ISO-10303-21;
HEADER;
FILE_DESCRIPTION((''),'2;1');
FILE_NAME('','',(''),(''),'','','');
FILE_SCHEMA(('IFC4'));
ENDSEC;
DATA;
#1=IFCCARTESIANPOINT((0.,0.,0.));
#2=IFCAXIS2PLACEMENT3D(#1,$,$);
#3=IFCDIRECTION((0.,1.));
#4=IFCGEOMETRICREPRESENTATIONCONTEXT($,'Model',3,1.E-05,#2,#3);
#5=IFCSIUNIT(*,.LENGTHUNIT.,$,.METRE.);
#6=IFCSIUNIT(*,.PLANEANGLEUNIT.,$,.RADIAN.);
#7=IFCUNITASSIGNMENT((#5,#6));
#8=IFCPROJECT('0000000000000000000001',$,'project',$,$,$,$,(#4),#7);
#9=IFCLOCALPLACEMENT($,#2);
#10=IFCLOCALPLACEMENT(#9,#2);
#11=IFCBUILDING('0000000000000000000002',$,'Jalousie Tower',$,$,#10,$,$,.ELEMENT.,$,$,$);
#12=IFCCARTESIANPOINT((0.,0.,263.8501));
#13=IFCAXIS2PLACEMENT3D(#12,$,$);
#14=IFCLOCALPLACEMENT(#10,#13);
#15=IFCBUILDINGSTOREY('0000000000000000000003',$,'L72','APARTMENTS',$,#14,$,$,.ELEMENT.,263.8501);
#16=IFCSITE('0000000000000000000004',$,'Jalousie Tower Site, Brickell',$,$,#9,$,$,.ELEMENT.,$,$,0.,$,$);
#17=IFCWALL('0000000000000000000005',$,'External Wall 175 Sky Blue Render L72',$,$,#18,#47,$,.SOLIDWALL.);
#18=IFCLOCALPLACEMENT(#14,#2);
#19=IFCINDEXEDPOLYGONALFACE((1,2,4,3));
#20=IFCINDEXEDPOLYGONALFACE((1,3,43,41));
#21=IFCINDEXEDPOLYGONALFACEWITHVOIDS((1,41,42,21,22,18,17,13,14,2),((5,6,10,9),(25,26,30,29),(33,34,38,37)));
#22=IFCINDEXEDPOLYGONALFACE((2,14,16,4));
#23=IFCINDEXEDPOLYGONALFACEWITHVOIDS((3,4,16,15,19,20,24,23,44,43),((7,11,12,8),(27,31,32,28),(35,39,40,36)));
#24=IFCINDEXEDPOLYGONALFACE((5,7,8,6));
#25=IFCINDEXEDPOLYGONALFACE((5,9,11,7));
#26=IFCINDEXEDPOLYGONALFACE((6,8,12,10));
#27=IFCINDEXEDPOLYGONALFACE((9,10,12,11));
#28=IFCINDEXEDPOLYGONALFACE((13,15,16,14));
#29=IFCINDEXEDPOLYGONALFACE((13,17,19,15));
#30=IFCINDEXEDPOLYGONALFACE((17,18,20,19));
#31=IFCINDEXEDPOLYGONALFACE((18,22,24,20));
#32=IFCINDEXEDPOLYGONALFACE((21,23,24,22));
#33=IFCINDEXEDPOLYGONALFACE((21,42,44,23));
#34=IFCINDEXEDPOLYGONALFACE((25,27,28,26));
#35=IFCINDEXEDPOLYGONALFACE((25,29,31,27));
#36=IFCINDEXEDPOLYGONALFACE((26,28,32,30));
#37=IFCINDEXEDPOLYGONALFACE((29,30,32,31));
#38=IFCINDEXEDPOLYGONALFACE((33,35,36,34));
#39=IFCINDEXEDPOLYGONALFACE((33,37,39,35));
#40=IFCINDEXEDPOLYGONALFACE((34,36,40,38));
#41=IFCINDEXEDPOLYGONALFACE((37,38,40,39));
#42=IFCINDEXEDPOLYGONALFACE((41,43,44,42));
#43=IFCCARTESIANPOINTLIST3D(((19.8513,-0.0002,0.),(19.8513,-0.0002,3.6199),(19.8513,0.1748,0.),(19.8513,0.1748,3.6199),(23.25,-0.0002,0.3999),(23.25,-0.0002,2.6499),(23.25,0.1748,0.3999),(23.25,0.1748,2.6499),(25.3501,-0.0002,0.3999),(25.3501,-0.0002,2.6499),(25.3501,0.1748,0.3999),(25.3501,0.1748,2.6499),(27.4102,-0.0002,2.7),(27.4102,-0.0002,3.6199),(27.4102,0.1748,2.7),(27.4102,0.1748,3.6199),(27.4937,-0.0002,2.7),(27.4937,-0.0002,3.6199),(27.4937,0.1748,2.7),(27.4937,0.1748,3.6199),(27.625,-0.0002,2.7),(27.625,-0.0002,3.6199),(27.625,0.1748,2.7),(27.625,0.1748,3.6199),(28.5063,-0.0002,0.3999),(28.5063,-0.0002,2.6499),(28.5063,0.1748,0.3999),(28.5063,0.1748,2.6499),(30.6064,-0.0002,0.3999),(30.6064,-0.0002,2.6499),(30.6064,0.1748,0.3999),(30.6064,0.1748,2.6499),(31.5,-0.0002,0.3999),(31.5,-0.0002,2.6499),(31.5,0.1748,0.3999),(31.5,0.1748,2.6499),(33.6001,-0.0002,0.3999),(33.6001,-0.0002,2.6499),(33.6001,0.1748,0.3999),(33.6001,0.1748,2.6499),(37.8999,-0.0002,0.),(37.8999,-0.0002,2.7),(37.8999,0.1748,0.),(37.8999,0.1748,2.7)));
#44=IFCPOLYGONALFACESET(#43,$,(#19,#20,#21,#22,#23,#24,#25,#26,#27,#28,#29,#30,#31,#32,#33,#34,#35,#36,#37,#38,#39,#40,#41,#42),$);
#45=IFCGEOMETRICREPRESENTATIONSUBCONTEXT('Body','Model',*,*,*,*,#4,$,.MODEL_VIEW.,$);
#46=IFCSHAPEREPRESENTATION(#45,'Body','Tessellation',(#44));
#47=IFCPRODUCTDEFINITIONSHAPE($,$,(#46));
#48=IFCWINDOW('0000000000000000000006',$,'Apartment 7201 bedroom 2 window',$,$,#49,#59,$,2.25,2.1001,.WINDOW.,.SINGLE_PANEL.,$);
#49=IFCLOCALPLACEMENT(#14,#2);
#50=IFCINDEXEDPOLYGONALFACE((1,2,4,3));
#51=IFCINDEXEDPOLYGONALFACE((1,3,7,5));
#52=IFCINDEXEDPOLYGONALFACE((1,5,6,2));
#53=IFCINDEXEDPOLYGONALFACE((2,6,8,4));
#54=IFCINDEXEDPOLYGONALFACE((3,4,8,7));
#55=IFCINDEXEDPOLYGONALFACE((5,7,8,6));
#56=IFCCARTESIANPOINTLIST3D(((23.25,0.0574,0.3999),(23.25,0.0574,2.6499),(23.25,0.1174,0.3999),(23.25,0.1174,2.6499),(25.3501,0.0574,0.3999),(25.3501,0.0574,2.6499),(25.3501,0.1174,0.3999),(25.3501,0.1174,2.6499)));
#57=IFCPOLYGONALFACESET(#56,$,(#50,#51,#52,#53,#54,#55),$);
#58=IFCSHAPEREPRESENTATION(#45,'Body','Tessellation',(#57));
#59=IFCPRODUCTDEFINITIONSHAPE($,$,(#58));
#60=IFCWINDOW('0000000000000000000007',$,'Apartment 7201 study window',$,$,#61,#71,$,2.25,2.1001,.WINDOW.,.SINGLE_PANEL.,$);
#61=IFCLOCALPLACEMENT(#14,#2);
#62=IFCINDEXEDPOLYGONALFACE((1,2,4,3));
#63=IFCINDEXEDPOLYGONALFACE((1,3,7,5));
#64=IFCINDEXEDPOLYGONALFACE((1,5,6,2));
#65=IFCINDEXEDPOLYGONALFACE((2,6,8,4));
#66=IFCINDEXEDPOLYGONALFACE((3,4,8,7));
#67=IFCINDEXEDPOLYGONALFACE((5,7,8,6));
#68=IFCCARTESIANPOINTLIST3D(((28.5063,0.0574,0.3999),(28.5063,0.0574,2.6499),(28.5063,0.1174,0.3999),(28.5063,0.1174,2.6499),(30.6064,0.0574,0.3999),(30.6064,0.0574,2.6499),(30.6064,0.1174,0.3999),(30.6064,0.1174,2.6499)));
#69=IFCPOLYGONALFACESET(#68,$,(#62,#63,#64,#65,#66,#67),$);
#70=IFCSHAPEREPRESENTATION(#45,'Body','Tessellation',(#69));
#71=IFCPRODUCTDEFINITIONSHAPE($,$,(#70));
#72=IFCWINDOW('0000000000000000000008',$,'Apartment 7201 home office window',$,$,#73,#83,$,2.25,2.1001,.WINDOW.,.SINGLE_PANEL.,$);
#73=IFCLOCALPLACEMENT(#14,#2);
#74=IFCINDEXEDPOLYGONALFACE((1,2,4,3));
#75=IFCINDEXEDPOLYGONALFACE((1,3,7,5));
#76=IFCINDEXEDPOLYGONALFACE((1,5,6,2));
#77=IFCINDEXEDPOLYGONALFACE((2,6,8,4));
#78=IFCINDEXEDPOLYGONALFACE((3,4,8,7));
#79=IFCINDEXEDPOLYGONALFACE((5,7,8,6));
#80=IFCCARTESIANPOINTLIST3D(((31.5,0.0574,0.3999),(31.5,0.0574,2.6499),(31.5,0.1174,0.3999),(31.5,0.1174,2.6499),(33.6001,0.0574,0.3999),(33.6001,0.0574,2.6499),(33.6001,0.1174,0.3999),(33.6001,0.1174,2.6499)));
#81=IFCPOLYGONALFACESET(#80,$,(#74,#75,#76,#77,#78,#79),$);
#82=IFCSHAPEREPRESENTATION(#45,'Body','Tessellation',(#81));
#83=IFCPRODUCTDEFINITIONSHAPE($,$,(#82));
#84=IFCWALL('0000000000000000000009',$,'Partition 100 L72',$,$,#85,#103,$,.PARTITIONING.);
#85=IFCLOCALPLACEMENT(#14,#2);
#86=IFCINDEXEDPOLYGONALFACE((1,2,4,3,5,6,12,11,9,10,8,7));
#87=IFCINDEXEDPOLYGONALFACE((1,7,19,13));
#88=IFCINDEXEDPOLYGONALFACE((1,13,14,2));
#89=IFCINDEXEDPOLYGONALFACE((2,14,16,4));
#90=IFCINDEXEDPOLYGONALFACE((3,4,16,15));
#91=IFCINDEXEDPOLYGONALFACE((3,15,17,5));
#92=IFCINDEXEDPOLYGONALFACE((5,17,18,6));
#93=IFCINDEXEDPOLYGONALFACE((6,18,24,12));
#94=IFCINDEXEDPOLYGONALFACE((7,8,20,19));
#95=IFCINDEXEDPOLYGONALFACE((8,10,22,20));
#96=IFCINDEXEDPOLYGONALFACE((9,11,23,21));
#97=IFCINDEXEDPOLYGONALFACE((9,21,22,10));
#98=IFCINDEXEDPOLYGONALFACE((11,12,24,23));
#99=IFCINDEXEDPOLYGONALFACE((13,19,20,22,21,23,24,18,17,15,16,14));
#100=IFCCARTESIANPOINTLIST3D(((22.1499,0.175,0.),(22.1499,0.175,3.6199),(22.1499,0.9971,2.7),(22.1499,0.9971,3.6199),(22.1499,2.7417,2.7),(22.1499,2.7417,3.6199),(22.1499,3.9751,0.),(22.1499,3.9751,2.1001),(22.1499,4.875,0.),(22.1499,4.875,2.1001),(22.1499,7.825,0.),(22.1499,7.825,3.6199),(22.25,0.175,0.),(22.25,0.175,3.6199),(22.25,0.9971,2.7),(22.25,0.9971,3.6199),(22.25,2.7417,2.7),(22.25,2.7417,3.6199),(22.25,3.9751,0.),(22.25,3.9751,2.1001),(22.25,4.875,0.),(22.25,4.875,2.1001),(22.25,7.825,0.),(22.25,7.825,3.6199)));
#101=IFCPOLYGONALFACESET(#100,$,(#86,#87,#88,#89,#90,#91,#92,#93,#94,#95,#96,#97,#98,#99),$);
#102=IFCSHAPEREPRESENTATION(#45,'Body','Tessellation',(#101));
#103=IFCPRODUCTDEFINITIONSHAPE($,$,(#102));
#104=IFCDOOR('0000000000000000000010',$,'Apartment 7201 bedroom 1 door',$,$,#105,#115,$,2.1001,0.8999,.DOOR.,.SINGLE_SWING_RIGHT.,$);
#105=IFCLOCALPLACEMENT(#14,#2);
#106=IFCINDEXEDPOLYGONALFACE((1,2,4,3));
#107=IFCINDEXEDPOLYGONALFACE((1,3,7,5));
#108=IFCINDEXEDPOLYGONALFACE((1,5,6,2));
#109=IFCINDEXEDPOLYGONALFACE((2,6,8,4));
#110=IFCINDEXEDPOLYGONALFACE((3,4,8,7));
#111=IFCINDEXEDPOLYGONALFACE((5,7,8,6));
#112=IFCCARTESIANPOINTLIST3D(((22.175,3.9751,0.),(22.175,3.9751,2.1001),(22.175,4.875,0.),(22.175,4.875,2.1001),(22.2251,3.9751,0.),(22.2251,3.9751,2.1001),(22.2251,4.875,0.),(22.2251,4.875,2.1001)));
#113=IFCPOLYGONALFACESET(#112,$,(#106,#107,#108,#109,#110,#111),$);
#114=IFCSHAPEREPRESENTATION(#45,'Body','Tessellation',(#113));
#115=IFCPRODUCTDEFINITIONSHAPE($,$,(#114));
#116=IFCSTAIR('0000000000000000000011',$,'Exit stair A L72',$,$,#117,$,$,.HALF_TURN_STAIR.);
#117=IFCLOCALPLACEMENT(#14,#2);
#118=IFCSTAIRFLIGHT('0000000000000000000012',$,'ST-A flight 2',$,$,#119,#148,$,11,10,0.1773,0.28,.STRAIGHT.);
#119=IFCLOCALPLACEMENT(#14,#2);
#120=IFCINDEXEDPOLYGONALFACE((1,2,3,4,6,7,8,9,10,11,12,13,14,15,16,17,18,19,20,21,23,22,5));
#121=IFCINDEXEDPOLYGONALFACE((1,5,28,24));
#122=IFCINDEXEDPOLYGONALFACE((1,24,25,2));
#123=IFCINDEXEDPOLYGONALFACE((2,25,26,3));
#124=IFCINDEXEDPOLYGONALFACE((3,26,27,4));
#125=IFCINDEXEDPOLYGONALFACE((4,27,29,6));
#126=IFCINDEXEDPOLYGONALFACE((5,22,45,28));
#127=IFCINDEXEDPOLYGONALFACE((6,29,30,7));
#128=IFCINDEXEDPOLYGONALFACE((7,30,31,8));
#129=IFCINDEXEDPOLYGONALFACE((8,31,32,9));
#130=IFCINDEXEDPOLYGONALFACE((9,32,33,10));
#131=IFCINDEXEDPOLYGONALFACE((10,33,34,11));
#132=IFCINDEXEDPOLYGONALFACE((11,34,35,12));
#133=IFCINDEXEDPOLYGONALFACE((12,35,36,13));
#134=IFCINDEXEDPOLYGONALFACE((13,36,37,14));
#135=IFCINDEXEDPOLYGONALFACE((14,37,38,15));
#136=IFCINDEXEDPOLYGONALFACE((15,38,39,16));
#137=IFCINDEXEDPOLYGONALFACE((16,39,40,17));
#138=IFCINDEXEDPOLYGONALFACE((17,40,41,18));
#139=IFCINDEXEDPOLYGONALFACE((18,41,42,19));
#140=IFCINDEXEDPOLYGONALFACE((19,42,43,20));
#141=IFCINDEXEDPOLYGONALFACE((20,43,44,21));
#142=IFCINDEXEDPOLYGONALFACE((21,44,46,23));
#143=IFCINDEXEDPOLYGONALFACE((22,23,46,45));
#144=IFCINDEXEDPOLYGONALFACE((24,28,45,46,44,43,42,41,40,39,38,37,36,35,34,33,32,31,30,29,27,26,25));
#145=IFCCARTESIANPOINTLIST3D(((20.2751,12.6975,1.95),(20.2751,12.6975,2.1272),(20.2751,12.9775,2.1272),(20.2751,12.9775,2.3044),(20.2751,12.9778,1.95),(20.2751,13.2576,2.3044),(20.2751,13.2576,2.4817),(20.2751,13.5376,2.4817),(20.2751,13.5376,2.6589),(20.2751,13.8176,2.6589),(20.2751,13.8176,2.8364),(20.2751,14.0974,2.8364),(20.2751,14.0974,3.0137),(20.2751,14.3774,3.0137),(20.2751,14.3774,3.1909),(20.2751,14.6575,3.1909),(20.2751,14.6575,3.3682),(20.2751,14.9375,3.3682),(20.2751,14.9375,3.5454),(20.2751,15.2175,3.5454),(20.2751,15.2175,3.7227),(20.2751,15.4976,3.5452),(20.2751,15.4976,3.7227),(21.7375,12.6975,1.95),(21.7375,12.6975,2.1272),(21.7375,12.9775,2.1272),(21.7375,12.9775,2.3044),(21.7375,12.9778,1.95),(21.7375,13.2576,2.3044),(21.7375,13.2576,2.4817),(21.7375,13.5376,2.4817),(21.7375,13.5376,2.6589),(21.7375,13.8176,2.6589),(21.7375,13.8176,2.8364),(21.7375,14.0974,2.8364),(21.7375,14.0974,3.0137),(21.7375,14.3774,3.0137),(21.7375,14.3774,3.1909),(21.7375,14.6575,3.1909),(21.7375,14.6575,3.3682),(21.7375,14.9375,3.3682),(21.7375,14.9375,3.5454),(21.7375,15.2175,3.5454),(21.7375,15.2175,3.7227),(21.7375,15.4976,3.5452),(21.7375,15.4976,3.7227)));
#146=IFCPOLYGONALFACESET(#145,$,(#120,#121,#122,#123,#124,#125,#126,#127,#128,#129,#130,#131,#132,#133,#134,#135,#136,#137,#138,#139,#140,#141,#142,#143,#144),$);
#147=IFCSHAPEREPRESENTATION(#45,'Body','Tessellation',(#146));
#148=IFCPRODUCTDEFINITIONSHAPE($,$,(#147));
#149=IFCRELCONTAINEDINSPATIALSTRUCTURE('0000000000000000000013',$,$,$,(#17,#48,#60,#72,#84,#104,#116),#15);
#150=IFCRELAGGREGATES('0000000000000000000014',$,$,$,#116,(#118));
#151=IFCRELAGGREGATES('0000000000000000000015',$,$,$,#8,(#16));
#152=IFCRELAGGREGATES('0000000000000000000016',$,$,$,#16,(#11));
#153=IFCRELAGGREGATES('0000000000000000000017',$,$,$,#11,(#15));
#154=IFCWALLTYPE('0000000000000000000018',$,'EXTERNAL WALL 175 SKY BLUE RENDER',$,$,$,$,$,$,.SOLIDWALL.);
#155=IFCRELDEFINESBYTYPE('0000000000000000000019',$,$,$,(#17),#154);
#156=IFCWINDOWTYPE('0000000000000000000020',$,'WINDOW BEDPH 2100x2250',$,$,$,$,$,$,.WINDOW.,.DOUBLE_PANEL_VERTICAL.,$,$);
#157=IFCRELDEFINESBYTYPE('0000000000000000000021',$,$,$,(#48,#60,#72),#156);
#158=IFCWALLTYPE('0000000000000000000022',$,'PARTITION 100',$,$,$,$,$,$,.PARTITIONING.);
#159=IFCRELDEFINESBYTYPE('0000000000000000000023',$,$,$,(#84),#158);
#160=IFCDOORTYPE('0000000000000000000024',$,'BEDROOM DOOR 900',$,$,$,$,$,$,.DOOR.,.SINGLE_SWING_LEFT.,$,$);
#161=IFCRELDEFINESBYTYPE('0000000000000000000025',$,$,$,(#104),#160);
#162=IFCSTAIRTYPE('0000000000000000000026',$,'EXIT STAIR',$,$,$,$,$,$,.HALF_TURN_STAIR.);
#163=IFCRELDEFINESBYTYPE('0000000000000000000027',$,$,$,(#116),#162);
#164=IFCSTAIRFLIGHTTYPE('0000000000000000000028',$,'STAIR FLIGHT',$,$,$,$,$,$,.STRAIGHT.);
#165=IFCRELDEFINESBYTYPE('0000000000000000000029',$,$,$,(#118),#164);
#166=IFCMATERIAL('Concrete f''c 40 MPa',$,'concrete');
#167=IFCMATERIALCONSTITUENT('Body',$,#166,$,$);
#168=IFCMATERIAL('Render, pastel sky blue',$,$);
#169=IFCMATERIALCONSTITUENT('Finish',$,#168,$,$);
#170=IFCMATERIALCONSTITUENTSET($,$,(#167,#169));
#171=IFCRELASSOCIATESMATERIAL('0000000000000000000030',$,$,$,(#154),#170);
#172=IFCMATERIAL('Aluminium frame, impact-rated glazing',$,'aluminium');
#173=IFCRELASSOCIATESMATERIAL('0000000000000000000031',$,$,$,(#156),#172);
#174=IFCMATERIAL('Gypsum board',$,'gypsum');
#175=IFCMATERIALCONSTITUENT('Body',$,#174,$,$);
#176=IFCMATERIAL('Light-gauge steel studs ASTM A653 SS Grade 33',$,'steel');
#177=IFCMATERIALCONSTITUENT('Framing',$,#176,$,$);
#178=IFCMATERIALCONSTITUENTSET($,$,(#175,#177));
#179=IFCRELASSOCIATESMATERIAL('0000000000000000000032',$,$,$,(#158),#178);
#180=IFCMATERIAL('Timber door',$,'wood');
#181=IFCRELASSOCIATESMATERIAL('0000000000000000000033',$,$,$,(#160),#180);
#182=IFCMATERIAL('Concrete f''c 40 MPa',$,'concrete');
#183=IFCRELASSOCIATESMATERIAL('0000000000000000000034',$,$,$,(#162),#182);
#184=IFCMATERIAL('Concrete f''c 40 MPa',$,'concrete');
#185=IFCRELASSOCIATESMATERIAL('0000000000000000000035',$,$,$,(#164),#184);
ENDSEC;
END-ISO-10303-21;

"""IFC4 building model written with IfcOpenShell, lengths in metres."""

from ifc_helpers import new_model, si_unit, direction, frame, frame_2d, origin, place, context, subcontext, project, spatial, polyline, rectangle, outline, extrude, material, constituent, constituent_set, type_object, element, fill, aggregate, save


model = new_model("IFC4")

# Units and contexts
model_context = context("Model", 3, precision=1e-05, world=origin(), true_north=direction((0.0, 1.0)))
body_context = subcontext(model_context, "Body", "Model", "MODEL_VIEW")
ifc_project = project(units=[si_unit("LENGTHUNIT", "METRE"), si_unit("PLANEANGLEUNIT", "RADIAN")], contexts=[model_context])

# Site, building, storey
site_placement = place(None, origin())
site = spatial("IfcSite", under=ifc_project, at=site_placement, Name="Jalousie Tower Site, Brickell", CompositionType="ELEMENT", RefElevation=0.0)
building_placement = place(site_placement, origin())
building = spatial("IfcBuilding", under=site, at=building_placement, Name="Jalousie Tower", CompositionType="ELEMENT")
storey_placement = place(building_placement, frame((0.0, 0.0, 263.8501)))
storey = spatial("IfcBuildingStorey", under=building, at=storey_placement, Name="L72", Description="APARTMENTS", CompositionType="ELEMENT", Elevation=263.8501)

# Wall, openings, windows
ifc_material_1 = material(Name="Concrete f'c 40 MPa", Category="concrete")
ifc_constituent_1 = constituent(ifc_material_1, Name="Body")
ifc_material_2 = material(Name="Render, pastel sky blue")
ifc_constituent_2 = constituent(ifc_material_2, Name="Finish")
ifc_constituent_set_1 = constituent_set(constituents=[ifc_constituent_1, ifc_constituent_2])
wall_type_1 = type_object("IfcWallType", Name="EXTERNAL WALL 175 SKY BLUE RENDER", PredefinedType="SOLIDWALL", material=ifc_constituent_set_1)
wall_1_placement = place(storey_placement, frame((19.8513, 0.0874, 0.0), z_axis=(0.0, 0.0, 1.0), x_axis=(1.0, 0.0, 0.0)))
wall_1 = element("IfcWall", 1, at=wall_1_placement, inside=storey, type_object=wall_type_1, Name="External Wall 175 Sky Blue Render L72", PredefinedType="SOLIDWALL", context=body_context, shape_type="SweptSolid", body=[
    extrude(outline(polyline([(0.0, 0.0), (18.0486, 0.0), (18.0486, 2.7), (7.7737, 2.7), (7.7737, 3.6199), (7.6423, 3.6199), (7.6423, 2.7), (7.5588, 2.7), (7.5588, 3.6199), (0.0, 3.6199), (0.0, 0.0)])), frame((0.0, 0.0874, 0.0), z_axis=(0.0, -1.0, 0.0), x_axis=(1.0, 0.0, 0.0)), (0.0, 0.0, 1.0), 0.175),
])
opening_1_placement = place(wall_1_placement, frame((3.3987, 0.0, 0.3999)))
opening_1 = element("IfcOpeningElement", 2, at=opening_1_placement, cuts=wall_1, PredefinedType="OPENING", context=body_context, shape_type="SweptSolid", body=[
    extrude(rectangle(XDim=2.1001, YDim=2.25, at=frame_2d((1.05, 1.125))), frame((0.0, 0.0974, 0.0), z_axis=(0.0, -1.0, 0.0), x_axis=(1.0, 0.0, 0.0)), (0.0, 0.0, 1.0), 0.1951),
])
opening_2_placement = place(wall_1_placement, frame((8.655, 0.0, 0.3999)))
opening_2 = element("IfcOpeningElement", 3, at=opening_2_placement, cuts=wall_1, PredefinedType="OPENING", context=body_context, shape_type="SweptSolid", body=[
    extrude(rectangle(XDim=2.1001, YDim=2.25, at=frame_2d((1.05, 1.125))), frame((0.0, 0.0974, 0.0), z_axis=(0.0, -1.0, 0.0), x_axis=(1.0, 0.0, 0.0)), (0.0, 0.0, 1.0), 0.1951),
])
opening_3_placement = place(wall_1_placement, frame((11.6487, 0.0, 0.3999)))
opening_3 = element("IfcOpeningElement", 4, at=opening_3_placement, cuts=wall_1, PredefinedType="OPENING", context=body_context, shape_type="SweptSolid", body=[
    extrude(rectangle(XDim=2.1001, YDim=2.25, at=frame_2d((1.05, 1.125))), frame((0.0, 0.0974, 0.0), z_axis=(0.0, -1.0, 0.0), x_axis=(1.0, 0.0, 0.0)), (0.0, 0.0, 1.0), 0.1951),
])
ifc_material_3 = material(Name="Aluminium frame, impact-rated glazing", Category="aluminium")
window_type = type_object("IfcWindowType", Name="WINDOW BEDPH 2100x2250", PartitioningType="DOUBLE_PANEL_VERTICAL", PredefinedType="WINDOW", material=ifc_material_3)
window_1_placement = place(opening_1_placement, origin())
window_1 = element("IfcWindow", 5, at=window_1_placement, inside=storey, type_object=window_type, Name="Apartment 7201 bedroom 2 window", OverallHeight=2.25, OverallWidth=2.1001, PartitioningType="SINGLE_PANEL", PredefinedType="WINDOW", context=body_context, shape_type="SweptSolid", body=[
    extrude(rectangle(XDim=2.1001, YDim=2.25, at=frame_2d((1.05, 1.125))), frame((0.0, 0.03, 0.0), z_axis=(0.0, -1.0, 0.0), x_axis=(1.0, 0.0, 0.0)), (0.0, 0.0, 1.0), 0.0601),
])
fill(opening_1, window_1)
window_2_placement = place(opening_2_placement, origin())
window_2 = element("IfcWindow", 6, at=window_2_placement, inside=storey, type_object=window_type, Name="Apartment 7201 study window", OverallHeight=2.25, OverallWidth=2.1001, PartitioningType="SINGLE_PANEL", PredefinedType="WINDOW", context=body_context, shape_type="SweptSolid", body=[
    extrude(rectangle(XDim=2.1001, YDim=2.25, at=frame_2d((1.05, 1.125))), frame((0.0, 0.03, 0.0), z_axis=(0.0, -1.0, 0.0), x_axis=(1.0, 0.0, 0.0)), (0.0, 0.0, 1.0), 0.0601),
])
fill(opening_2, window_2)
window_3_placement = place(opening_3_placement, origin())
window_3 = element("IfcWindow", 7, at=window_3_placement, inside=storey, type_object=window_type, Name="Apartment 7201 home office window", OverallHeight=2.25, OverallWidth=2.1001, PartitioningType="SINGLE_PANEL", PredefinedType="WINDOW", context=body_context, shape_type="SweptSolid", body=[
    extrude(rectangle(XDim=2.1001, YDim=2.25, at=frame_2d((1.05, 1.125))), frame((0.0, 0.03, 0.0), z_axis=(0.0, -1.0, 0.0), x_axis=(1.0, 0.0, 0.0)), (0.0, 0.0, 1.0), 0.0601),
])
fill(opening_3, window_3)

# Wall, opening, door
ifc_material_4 = material(Name="Gypsum board", Category="gypsum")
ifc_constituent_3 = constituent(ifc_material_4, Name="Body")
ifc_material_5 = material(Name="Light-gauge steel studs ASTM A653 SS Grade 33", Category="steel")
ifc_constituent_4 = constituent(ifc_material_5, Name="Framing")
ifc_constituent_set_2 = constituent_set(constituents=[ifc_constituent_3, ifc_constituent_4])
wall_type_2 = type_object("IfcWallType", Name="PARTITION 100", PredefinedType="PARTITIONING", material=ifc_constituent_set_2)
wall_2_placement = place(storey_placement, frame((22.2, 0.175, 0.0), z_axis=(0.0, 0.0, 1.0), x_axis=(0.0, 1.0, 0.0)))
wall_2 = element("IfcWall", 8, at=wall_2_placement, inside=storey, type_object=wall_type_2, Name="Partition 100 L72", PredefinedType="PARTITIONING", context=body_context, shape_type="SweptSolid", body=[
    extrude(outline(polyline([(0.0, 0.0), (7.6499, 0.0), (7.6499, 3.6199), (2.5667, 3.6199), (2.5667, 2.7), (0.822, 2.7), (0.822, 3.6199), (0.0, 3.6199), (0.0, 0.0)])), frame((0.0, 0.05, 0.0), z_axis=(0.0, -1.0, 0.0), x_axis=(1.0, 0.0, 0.0)), (0.0, 0.0, 1.0), 0.1001),
])
opening_4_placement = place(wall_2_placement, frame((3.8, 0.0, 0.0)))
opening_4 = element("IfcOpeningElement", 9, at=opening_4_placement, cuts=wall_2, PredefinedType="OPENING", context=body_context, shape_type="SweptSolid", body=[
    extrude(rectangle(XDim=0.8999, YDim=2.1001, at=frame_2d((0.45, 1.05))), frame((0.0, 0.0601, 0.0), z_axis=(0.0, -1.0, 0.0), x_axis=(1.0, 0.0, 0.0)), (0.0, 0.0, 1.0), 0.1201),
])
ifc_material_6 = material(Name="Timber door", Category="wood")
door_type_1 = type_object("IfcDoorType", Name="BEDROOM DOOR 900", OperationType="SINGLE_SWING_LEFT", PredefinedType="DOOR", material=ifc_material_6)
door_1_placement = place(opening_4_placement, origin())
door_1 = element("IfcDoor", 10, at=door_1_placement, inside=storey, type_object=door_type_1, Name="Apartment 7201 bedroom 1 door", OperationType="SINGLE_SWING_RIGHT", OverallHeight=2.1001, OverallWidth=0.8999, PredefinedType="DOOR", context=body_context, shape_type="SweptSolid", body=[
    extrude(rectangle(XDim=0.8999, YDim=2.1001, at=frame_2d((0.45, 1.05))), frame((0.0, 0.0249, 0.0), z_axis=(0.0, -1.0, 0.0), x_axis=(1.0, 0.0, 0.0)), (0.0, 0.0, 1.0), 0.05),
])
fill(opening_4, door_1)

# Stair, stair flight
ifc_material_7 = material(Name="Concrete f'c 40 MPa", Category="concrete")
stair_type = type_object("IfcStairType", Name="EXIT STAIR", PredefinedType="HALF_TURN_STAIR", material=ifc_material_7)
stair_placement = place(storey_placement, origin())
stair = element("IfcStair", 11, at=stair_placement, inside=storey, type_object=stair_type, Name="Exit stair A L72", PredefinedType="HALF_TURN_STAIR")
ifc_material_8 = material(Name="Concrete f'c 40 MPa", Category="concrete")
stair_flight_type = type_object("IfcStairFlightType", Name="STAIR FLIGHT", PredefinedType="STRAIGHT", material=ifc_material_8)
stair_flight_placement = place(storey_placement, frame((21.0063, 12.6975, 1.95), z_axis=(0.0, 0.0, 1.0), x_axis=(0.0, 1.0, 0.0)))
stair_flight = element("IfcStairFlight", 12, at=stair_flight_placement, type_object=stair_flight_type, Name="ST-A flight 2", NumberOfRisers=11, NumberOfTreads=10, PredefinedType="STRAIGHT", RiserHeight=0.1773, TreadLength=0.28, context=body_context, shape_type="SweptSolid", body=[
    extrude(outline(polyline([(0.0, 0.0), (0.0, 0.1772), (0.28, 0.1772), (0.28, 0.3545), (0.5601, 0.3545), (0.5601, 0.5317), (0.8401, 0.5317), (0.8401, 0.709), (1.1201, 0.709), (1.1201, 0.8865), (1.3999, 0.8865), (1.3999, 1.0637), (1.6799, 1.0637), (1.6799, 1.241), (1.96, 1.241), (1.96, 1.4182), (2.24, 1.4182), (2.24, 1.5955), (2.52, 1.5955), (2.52, 1.7727), (2.8, 1.7727), (2.8, 1.95), (2.8, 1.5952), (0.2803, 0.0), (0.0, 0.0)])), frame((0.0, 0.7312, 0.0), z_axis=(0.0, -1.0, 0.0), x_axis=(1.0, 0.0, 0.0)), (0.0, 0.0, 1.0), 1.4624),
])
aggregate(stair, [stair_flight])

save(model, "model.ifc")
